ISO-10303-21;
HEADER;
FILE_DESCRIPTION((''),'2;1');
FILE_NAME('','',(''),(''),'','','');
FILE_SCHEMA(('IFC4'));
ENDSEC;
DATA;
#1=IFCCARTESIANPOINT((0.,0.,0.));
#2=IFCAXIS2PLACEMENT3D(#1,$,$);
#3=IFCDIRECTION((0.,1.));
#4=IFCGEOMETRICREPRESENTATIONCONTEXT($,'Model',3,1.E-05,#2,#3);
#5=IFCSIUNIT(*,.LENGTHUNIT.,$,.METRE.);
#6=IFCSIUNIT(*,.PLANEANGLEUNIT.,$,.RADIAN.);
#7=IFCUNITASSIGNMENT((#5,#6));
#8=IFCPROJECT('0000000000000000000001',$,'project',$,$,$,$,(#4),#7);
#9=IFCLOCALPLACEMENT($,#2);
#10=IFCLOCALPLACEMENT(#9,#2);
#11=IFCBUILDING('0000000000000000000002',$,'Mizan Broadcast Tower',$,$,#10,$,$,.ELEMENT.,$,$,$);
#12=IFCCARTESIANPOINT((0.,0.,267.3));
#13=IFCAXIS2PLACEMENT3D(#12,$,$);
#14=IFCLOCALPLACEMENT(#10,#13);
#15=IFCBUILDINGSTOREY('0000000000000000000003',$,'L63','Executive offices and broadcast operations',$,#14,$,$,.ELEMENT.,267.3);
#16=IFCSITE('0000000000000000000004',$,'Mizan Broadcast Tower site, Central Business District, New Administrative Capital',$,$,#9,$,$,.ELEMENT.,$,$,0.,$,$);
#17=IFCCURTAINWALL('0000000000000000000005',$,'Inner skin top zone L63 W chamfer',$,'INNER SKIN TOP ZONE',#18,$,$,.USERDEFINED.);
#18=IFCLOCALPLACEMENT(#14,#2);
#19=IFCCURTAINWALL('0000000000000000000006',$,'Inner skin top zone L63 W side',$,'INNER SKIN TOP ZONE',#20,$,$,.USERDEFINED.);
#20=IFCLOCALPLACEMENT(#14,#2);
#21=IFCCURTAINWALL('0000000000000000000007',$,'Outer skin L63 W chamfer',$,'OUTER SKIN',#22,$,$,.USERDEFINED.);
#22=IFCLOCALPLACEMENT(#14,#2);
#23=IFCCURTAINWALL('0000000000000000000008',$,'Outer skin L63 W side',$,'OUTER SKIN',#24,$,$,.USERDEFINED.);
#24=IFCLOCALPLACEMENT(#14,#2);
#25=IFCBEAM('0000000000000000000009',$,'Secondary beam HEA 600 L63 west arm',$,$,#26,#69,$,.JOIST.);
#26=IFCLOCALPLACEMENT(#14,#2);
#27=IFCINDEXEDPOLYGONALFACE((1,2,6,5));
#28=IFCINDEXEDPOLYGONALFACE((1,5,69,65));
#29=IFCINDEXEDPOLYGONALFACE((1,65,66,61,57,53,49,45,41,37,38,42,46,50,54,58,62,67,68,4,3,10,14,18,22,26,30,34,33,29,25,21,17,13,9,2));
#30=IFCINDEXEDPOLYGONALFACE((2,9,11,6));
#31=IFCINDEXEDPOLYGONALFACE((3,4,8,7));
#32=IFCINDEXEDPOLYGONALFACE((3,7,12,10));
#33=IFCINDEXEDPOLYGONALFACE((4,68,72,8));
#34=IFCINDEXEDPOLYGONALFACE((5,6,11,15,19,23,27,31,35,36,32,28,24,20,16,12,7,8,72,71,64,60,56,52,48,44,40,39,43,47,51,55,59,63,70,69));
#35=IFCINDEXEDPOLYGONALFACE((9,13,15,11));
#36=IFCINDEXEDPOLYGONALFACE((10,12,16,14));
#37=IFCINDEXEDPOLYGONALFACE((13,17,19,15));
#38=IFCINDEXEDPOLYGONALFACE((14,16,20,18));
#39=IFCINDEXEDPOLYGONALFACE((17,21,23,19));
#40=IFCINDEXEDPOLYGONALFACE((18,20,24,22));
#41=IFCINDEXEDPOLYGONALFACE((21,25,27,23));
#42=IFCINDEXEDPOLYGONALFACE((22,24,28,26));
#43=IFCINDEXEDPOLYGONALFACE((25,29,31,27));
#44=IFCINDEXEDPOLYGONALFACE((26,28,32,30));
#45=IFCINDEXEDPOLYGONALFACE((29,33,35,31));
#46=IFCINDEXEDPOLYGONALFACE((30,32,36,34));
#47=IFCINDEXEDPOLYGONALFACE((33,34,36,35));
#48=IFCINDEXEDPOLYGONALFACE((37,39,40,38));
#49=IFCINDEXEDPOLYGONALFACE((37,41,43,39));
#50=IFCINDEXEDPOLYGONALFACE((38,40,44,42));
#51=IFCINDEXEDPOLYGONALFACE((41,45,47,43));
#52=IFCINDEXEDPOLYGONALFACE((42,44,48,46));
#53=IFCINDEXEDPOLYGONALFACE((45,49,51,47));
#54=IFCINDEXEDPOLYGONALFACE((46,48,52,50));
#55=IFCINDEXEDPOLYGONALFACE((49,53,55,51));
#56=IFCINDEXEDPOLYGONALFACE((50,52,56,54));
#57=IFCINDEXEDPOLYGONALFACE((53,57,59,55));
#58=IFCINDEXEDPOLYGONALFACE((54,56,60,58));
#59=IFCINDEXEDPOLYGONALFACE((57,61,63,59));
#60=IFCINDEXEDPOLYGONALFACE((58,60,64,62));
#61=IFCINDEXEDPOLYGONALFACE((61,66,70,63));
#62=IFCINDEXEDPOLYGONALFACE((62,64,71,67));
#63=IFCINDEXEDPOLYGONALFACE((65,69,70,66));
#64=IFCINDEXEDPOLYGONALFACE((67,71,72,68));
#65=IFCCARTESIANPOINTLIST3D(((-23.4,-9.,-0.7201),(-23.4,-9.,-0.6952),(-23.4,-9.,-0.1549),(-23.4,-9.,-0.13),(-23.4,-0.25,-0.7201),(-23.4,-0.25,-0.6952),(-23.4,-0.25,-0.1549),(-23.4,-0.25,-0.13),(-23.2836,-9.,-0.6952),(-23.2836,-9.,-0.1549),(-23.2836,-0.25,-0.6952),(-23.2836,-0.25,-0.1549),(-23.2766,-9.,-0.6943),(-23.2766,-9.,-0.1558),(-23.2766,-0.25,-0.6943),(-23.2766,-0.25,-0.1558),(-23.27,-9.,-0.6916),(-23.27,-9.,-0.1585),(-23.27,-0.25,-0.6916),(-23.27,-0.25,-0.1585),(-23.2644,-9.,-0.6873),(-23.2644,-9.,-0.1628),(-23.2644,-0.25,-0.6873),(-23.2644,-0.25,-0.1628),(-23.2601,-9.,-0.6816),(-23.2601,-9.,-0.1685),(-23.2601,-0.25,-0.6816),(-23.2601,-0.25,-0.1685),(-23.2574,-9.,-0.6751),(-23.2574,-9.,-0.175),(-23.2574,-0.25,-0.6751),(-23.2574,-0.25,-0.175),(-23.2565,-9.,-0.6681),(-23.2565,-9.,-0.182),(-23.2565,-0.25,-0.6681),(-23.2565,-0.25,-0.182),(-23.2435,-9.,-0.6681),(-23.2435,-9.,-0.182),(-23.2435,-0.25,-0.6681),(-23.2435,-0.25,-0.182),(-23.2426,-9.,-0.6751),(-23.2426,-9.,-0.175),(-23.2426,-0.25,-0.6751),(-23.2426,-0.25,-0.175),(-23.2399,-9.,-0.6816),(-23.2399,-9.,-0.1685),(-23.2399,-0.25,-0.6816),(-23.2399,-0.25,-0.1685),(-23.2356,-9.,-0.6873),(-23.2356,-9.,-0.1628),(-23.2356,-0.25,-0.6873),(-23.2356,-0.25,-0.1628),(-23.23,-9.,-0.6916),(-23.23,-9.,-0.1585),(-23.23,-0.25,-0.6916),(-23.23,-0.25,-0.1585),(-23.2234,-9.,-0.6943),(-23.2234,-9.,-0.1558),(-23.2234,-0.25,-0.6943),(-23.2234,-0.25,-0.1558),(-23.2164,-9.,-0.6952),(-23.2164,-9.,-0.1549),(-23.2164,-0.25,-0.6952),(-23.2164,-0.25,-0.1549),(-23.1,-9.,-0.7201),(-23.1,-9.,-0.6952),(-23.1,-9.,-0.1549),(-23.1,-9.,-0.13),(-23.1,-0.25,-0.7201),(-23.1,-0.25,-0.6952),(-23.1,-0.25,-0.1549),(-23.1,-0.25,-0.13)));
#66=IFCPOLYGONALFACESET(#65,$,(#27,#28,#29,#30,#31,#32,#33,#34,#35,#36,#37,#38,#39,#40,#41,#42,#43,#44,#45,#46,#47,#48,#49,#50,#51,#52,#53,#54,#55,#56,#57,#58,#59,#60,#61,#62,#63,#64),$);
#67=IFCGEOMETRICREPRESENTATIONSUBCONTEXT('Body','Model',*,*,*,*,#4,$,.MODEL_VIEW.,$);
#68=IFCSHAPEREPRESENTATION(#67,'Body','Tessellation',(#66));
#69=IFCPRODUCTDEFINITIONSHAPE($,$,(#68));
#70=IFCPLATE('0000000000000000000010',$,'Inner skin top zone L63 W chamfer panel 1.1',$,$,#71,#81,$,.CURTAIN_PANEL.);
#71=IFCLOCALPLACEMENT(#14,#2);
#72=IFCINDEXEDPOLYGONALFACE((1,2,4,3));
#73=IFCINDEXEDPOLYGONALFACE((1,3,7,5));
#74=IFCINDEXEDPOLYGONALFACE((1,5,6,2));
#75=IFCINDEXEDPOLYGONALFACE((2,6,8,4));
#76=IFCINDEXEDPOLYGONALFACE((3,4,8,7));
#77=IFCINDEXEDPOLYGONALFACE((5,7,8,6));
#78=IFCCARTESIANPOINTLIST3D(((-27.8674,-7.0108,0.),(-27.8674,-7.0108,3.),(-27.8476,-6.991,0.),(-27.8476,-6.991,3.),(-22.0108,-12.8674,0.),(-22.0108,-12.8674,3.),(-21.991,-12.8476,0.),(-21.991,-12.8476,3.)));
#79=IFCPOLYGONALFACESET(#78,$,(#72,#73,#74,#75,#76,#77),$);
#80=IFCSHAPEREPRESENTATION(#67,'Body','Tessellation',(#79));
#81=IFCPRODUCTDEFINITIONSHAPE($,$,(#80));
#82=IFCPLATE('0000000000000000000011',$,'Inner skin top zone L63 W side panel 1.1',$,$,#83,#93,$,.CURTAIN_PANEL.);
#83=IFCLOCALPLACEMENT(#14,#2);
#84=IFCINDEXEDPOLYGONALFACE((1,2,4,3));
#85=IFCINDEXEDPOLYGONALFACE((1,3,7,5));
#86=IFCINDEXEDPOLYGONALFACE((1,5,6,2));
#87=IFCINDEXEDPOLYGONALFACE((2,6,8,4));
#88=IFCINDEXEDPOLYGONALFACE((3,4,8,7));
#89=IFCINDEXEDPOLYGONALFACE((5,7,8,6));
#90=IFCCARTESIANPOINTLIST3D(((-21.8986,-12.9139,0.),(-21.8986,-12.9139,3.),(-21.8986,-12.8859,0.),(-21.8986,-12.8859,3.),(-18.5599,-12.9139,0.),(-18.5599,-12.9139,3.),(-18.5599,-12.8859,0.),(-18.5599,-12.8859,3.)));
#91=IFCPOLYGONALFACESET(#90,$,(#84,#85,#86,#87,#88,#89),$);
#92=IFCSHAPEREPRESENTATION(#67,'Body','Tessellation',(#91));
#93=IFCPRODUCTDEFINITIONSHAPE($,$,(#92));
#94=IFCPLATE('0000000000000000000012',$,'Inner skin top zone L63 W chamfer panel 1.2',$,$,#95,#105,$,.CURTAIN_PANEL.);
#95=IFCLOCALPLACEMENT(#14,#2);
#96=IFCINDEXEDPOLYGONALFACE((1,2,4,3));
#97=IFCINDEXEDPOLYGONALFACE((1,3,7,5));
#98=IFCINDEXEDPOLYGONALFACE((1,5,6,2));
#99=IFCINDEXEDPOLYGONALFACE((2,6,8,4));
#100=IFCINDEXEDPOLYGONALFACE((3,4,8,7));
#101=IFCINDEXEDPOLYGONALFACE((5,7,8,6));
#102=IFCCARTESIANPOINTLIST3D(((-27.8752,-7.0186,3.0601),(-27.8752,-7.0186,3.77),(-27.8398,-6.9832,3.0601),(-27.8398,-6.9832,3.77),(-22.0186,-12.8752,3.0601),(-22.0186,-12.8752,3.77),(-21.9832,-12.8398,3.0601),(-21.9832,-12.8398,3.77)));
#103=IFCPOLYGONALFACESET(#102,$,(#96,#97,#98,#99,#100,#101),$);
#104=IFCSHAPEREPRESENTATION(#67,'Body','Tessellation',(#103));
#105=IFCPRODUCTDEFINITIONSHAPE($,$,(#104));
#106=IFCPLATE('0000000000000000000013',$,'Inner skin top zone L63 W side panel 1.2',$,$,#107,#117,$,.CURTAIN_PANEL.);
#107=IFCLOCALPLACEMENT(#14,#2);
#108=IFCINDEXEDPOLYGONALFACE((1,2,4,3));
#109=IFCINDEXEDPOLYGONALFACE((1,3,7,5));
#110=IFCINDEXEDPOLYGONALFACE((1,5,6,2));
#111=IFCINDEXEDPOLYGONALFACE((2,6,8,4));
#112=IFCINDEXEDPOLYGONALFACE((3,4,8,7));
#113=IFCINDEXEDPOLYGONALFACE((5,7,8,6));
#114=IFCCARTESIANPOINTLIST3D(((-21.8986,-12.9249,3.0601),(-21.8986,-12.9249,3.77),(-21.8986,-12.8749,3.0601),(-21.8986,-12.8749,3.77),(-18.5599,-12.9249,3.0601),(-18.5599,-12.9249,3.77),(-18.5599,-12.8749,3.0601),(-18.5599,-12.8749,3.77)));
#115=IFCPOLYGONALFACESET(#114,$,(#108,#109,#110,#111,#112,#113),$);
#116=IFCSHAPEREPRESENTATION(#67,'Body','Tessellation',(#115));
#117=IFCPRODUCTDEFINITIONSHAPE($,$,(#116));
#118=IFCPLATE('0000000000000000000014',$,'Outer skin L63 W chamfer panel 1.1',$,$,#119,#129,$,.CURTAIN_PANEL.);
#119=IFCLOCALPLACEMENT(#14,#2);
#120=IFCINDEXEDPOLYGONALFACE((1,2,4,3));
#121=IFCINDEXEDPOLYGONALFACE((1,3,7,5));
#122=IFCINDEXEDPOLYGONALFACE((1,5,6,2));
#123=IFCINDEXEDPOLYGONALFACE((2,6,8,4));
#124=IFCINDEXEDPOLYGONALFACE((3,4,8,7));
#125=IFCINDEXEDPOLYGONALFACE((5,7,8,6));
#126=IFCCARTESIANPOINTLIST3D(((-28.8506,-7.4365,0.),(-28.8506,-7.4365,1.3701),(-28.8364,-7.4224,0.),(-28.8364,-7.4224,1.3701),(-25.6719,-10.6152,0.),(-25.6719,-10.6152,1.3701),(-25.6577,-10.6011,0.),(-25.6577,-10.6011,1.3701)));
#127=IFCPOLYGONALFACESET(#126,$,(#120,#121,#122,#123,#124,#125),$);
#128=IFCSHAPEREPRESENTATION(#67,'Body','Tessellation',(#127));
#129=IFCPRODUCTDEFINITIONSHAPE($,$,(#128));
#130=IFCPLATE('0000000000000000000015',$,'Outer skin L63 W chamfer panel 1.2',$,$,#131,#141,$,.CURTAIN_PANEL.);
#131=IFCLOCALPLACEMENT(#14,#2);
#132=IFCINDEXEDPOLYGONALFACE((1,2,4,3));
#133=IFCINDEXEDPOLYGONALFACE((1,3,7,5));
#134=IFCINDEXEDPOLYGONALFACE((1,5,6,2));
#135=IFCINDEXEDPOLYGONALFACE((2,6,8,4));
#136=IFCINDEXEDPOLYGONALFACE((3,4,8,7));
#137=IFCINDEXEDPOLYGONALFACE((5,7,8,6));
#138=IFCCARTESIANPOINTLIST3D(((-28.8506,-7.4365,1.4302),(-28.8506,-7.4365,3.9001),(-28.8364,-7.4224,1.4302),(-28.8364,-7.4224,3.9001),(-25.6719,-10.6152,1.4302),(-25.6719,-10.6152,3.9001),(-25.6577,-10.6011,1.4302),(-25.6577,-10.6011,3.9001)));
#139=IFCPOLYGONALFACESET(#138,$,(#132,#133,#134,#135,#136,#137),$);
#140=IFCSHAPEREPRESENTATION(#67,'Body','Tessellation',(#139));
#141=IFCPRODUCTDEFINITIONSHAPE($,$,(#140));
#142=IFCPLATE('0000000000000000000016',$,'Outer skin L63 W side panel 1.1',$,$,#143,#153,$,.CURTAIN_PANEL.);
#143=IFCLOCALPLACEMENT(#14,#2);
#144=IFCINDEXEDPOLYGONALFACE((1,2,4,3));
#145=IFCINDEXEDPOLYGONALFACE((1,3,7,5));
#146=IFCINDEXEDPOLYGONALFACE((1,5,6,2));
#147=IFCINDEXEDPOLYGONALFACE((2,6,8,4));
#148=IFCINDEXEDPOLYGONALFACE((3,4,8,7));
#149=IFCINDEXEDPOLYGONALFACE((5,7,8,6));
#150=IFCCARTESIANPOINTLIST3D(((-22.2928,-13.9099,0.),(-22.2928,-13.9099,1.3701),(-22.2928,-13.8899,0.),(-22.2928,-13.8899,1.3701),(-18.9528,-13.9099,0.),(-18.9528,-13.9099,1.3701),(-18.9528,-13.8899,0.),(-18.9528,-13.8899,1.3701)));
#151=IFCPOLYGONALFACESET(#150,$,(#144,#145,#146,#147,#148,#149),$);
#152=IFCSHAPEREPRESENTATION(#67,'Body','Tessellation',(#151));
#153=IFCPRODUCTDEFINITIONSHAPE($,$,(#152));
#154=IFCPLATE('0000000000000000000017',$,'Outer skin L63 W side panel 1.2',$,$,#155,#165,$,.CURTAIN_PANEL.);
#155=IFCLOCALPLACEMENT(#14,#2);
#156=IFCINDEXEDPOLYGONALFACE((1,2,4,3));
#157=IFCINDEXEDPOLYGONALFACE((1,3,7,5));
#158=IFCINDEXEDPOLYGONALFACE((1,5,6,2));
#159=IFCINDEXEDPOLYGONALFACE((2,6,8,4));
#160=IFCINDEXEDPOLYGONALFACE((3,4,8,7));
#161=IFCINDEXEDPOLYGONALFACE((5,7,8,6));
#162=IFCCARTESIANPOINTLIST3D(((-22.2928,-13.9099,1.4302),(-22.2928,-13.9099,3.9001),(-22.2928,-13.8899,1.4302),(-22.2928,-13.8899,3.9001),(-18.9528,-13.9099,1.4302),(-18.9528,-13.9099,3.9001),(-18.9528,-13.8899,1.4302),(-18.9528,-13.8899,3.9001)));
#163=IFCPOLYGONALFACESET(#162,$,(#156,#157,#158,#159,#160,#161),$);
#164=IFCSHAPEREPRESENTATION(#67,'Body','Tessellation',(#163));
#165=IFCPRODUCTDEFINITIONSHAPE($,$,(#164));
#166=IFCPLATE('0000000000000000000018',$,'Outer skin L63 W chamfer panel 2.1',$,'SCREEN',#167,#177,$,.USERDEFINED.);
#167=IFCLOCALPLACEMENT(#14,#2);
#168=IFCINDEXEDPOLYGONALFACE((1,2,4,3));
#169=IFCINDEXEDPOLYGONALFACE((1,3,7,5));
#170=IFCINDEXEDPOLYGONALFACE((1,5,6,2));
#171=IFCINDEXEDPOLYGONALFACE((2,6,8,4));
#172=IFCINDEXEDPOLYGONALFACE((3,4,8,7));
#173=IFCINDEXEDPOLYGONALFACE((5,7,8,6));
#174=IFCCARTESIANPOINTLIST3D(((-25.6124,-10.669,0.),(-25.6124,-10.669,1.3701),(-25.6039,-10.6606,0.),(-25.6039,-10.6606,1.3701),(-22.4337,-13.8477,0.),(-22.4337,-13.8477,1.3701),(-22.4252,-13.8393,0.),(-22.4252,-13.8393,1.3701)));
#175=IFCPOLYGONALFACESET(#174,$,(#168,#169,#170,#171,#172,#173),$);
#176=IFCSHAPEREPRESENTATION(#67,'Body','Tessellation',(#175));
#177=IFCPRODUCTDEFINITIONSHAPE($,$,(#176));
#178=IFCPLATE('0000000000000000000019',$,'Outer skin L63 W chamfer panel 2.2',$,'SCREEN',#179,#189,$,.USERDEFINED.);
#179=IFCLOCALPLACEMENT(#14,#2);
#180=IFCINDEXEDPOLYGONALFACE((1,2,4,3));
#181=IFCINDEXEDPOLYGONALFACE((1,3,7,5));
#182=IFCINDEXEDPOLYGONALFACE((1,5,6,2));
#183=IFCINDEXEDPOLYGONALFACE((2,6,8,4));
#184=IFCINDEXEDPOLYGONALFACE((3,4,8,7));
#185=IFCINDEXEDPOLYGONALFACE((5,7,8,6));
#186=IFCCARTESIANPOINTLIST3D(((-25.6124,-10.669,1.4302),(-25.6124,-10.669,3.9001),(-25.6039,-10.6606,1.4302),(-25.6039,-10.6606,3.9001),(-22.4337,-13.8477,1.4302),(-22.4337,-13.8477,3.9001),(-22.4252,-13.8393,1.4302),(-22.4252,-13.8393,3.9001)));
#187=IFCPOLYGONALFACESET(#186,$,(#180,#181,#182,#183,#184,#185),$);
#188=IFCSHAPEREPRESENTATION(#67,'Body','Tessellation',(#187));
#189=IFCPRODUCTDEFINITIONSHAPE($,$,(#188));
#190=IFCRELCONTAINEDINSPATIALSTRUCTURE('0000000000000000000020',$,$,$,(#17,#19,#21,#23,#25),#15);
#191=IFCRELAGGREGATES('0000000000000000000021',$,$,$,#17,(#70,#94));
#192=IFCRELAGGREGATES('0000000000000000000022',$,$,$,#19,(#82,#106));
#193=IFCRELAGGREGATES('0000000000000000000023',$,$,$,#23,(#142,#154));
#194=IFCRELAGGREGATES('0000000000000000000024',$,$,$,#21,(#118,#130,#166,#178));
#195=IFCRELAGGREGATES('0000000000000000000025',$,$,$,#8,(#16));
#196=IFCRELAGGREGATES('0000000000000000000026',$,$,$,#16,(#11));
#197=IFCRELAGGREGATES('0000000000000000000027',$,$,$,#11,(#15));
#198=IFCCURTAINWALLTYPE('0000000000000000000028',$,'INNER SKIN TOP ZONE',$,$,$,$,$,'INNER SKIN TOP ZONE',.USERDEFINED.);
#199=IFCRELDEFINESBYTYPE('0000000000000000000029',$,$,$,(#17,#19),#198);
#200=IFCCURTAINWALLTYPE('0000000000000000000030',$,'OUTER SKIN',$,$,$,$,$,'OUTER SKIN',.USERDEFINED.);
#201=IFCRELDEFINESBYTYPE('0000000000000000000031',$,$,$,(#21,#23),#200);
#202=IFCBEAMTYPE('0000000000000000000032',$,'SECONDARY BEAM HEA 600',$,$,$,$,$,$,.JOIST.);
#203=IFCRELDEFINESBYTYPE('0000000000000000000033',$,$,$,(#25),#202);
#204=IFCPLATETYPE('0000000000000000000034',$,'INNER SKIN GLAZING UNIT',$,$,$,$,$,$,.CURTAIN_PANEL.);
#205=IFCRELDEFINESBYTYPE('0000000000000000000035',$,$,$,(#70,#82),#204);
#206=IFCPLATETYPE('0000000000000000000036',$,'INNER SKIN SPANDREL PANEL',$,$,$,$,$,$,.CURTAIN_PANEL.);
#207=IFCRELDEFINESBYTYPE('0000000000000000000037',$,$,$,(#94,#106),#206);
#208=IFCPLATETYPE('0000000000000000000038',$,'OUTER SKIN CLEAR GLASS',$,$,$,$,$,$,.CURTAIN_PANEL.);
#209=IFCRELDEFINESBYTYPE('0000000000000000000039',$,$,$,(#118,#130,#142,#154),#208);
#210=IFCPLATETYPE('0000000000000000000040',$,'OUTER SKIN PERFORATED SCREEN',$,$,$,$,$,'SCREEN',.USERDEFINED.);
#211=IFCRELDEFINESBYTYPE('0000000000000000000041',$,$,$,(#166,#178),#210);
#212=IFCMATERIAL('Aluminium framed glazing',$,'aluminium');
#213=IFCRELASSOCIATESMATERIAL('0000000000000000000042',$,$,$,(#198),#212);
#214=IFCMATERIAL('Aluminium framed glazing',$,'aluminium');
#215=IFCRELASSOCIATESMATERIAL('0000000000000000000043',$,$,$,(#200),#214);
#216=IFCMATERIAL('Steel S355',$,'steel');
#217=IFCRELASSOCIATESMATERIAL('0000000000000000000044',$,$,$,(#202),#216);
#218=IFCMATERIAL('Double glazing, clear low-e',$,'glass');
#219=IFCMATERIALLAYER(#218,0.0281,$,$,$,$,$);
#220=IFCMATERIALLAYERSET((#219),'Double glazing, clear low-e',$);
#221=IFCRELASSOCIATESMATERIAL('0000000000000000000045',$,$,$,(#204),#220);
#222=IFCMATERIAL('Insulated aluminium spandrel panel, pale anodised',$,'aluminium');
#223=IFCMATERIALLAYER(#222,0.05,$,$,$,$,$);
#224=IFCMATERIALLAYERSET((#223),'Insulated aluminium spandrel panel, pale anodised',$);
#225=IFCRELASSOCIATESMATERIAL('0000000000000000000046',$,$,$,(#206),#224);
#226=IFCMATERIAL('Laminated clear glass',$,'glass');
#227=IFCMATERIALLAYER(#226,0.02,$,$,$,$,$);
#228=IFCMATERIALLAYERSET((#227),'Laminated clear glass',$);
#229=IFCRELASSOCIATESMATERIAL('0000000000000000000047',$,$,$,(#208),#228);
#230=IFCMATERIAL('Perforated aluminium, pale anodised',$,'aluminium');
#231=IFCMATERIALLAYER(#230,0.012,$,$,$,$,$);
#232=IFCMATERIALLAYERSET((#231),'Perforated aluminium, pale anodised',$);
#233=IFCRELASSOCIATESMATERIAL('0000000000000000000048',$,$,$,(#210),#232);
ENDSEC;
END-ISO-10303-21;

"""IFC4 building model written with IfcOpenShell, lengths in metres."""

from ifc_helpers import new_model, si_unit, direction, frame, origin, origin_2d, place, context, subcontext, project, spatial, rectangle, i_section, extrude, material, layer, layer_set, material_profile, profile_set, type_object, element, aggregate, save


model = new_model("IFC4")

# Units and contexts
model_context = context("Model", 3, precision=1e-05, world=origin(), true_north=direction((0.0, 1.0)))
body_context = subcontext(model_context, "Body", "Model", "MODEL_VIEW")
ifc_project = project(units=[si_unit("LENGTHUNIT", "METRE"), si_unit("PLANEANGLEUNIT", "RADIAN")], contexts=[model_context])

# Site, building, storey
site_placement = place(None, origin())
site = spatial("IfcSite", under=ifc_project, at=site_placement, Name="Mizan Broadcast Tower site, Central Business District, New Administrative Capital", CompositionType="ELEMENT", RefElevation=0.0)
building_placement = place(site_placement, origin())
building = spatial("IfcBuilding", under=site, at=building_placement, Name="Mizan Broadcast Tower", CompositionType="ELEMENT")
storey_placement = place(building_placement, frame((0.0, 0.0, 267.3)))
storey = spatial("IfcBuildingStorey", under=building, at=storey_placement, Name="L63", Description="Executive offices and broadcast operations", CompositionType="ELEMENT", Elevation=267.3)

# Curtain wall
ifc_material_1 = material(Name="Aluminium framed glazing", Category="aluminium")
curtain_wall_type_1 = type_object("IfcCurtainWallType", Name="INNER SKIN TOP ZONE", ElementType="INNER SKIN TOP ZONE", PredefinedType="USERDEFINED", material=ifc_material_1)
curtain_wall_1_placement = place(storey_placement, origin())
curtain_wall_1 = element("IfcCurtainWall", 1, at=curtain_wall_1_placement, inside=storey, type_object=curtain_wall_type_1, Name="Inner skin top zone L63 W chamfer", ObjectType="INNER SKIN TOP ZONE", PredefinedType="USERDEFINED")

# Curtain wall
curtain_wall_2_placement = place(storey_placement, origin())
curtain_wall_2 = element("IfcCurtainWall", 2, at=curtain_wall_2_placement, inside=storey, type_object=curtain_wall_type_1, Name="Inner skin top zone L63 W side", ObjectType="INNER SKIN TOP ZONE", PredefinedType="USERDEFINED")

# Curtain wall
ifc_material_2 = material(Name="Aluminium framed glazing", Category="aluminium")
curtain_wall_type_2 = type_object("IfcCurtainWallType", Name="OUTER SKIN", ElementType="OUTER SKIN", PredefinedType="USERDEFINED", material=ifc_material_2)
curtain_wall_3_placement = place(storey_placement, origin())
curtain_wall_3 = element("IfcCurtainWall", 3, at=curtain_wall_3_placement, inside=storey, type_object=curtain_wall_type_2, Name="Outer skin L63 W chamfer", ObjectType="OUTER SKIN", PredefinedType="USERDEFINED")

# Curtain wall
curtain_wall_4_placement = place(storey_placement, origin())
curtain_wall_4 = element("IfcCurtainWall", 4, at=curtain_wall_4_placement, inside=storey, type_object=curtain_wall_type_2, Name="Outer skin L63 W side", ObjectType="OUTER SKIN", PredefinedType="USERDEFINED")

# Beam
ifc_material_3 = material(Name="Steel S355", Category="steel")
ifc_material_profile_1 = material_profile(ifc_material_3, i_section(OverallWidth=0.3, OverallDepth=0.5901, WebThickness=0.0129, FlangeThickness=0.0249, FilletRadius=0.0271, at=origin_2d()), Name="HEA 600")
ifc_profile_set_1 = profile_set([ifc_material_profile_1], Name="Steel S355")
beam_type_1 = type_object("IfcBeamType", Name="SECONDARY BEAM HEA 600", PredefinedType="JOIST", material=ifc_profile_set_1)
beam_1_placement = place(storey_placement, frame((-23.25, -9.0, -0.425), z_axis=(0.0, 1.0, 0.0), x_axis=(-1.0, 0.0, 0.0)))
element("IfcBeam", 5, at=beam_1_placement, inside=storey, type_object=beam_type_1, Name="Secondary beam HEA 600 L63 west arm", PredefinedType="JOIST", context=body_context, shape_type="SweptSolid", body=[
    extrude(i_section(OverallWidth=0.3, OverallDepth=0.5901, WebThickness=0.0129, FlangeThickness=0.0249, FilletRadius=0.0271, at=origin_2d()), origin(), (0.0, 0.0, 1.0), 8.75),
])

# Plates
ifc_material_4 = material(Name="Double glazing, clear low-e", Category="glass")
ifc_layer_1 = layer(ifc_material_4, 0.0281)
ifc_layer_set_1 = layer_set([ifc_layer_1], Name="Double glazing, clear low-e")
plate_type_1 = type_object("IfcPlateType", Name="INNER SKIN GLAZING UNIT", PredefinedType="CURTAIN_PANEL", material=ifc_layer_set_1)
plate_1_placement = place(storey_placement, frame((-24.9292, -9.9292, 0.0), z_axis=(0.0, 0.0, 1.0), x_axis=(0.707107, -0.707107, 0.0)))
plate_1 = element("IfcPlate", 6, at=plate_1_placement, type_object=plate_type_1, Name="Inner skin top zone L63 W chamfer panel 1.1", PredefinedType="CURTAIN_PANEL", context=body_context, shape_type="SweptSolid", body=[
    extrude(rectangle(XDim=8.2825, YDim=0.0281, at=origin_2d()), origin(), (0.0, 0.0, 1.0), 3.0),
])
plate_2_placement = place(storey_placement, frame((-20.2292, -12.8999, 0.0), z_axis=(0.0, 0.0, 1.0), x_axis=(1.0, 0.0, 0.0)))
plate_2 = element("IfcPlate", 7, at=plate_2_placement, type_object=plate_type_1, Name="Inner skin top zone L63 W side panel 1.1", PredefinedType="CURTAIN_PANEL", context=body_context, shape_type="SweptSolid", body=[
    extrude(rectangle(XDim=3.3386, YDim=0.0281, at=origin_2d()), origin(), (0.0, 0.0, 1.0), 3.0),
])
ifc_material_5 = material(Name="Insulated aluminium spandrel panel, pale anodised", Category="aluminium")
ifc_layer_2 = layer(ifc_material_5, 0.05)
ifc_layer_set_2 = layer_set([ifc_layer_2], Name="Insulated aluminium spandrel panel, pale anodised")
plate_type_2 = type_object("IfcPlateType", Name="INNER SKIN SPANDREL PANEL", PredefinedType="CURTAIN_PANEL", material=ifc_layer_set_2)
plate_3_placement = place(storey_placement, frame((-24.9292, -9.9292, 3.0601), z_axis=(0.0, 0.0, 1.0), x_axis=(0.707107, -0.707107, 0.0)))
plate_3 = element("IfcPlate", 8, at=plate_3_placement, type_object=plate_type_2, Name="Inner skin top zone L63 W chamfer panel 1.2", PredefinedType="CURTAIN_PANEL", context=body_context, shape_type="SweptSolid", body=[
    extrude(rectangle(XDim=8.2825, YDim=0.05, at=origin_2d()), origin(), (0.0, 0.0, 1.0), 0.71),
])
aggregate(curtain_wall_1, [plate_1, plate_3])
plate_4_placement = place(storey_placement, frame((-20.2292, -12.8999, 3.0601), z_axis=(0.0, 0.0, 1.0), x_axis=(1.0, 0.0, 0.0)))
plate_4 = element("IfcPlate", 9, at=plate_4_placement, type_object=plate_type_2, Name="Inner skin top zone L63 W side panel 1.2", PredefinedType="CURTAIN_PANEL", context=body_context, shape_type="SweptSolid", body=[
    extrude(rectangle(XDim=3.3386, YDim=0.05, at=origin_2d()), origin(), (0.0, 0.0, 1.0), 0.71),
])
aggregate(curtain_wall_2, [plate_2, plate_4])
ifc_material_6 = material(Name="Laminated clear glass", Category="glass")
ifc_layer_3 = layer(ifc_material_6, 0.02)
ifc_layer_set_3 = layer_set([ifc_layer_3], Name="Laminated clear glass")
plate_type_3 = type_object("IfcPlateType", Name="OUTER SKIN CLEAR GLASS", PredefinedType="CURTAIN_PANEL", material=ifc_layer_set_3)
plate_5_placement = place(storey_placement, frame((-27.2542, -9.0188, 0.0), z_axis=(0.0, 0.0, 1.0), x_axis=(0.707107, -0.707107, 0.0)))
plate_5 = element("IfcPlate", 10, at=plate_5_placement, type_object=plate_type_3, Name="Outer skin L63 W chamfer panel 1.1", PredefinedType="CURTAIN_PANEL", context=body_context, shape_type="SweptSolid", body=[
    extrude(rectangle(XDim=4.4954, YDim=0.02, at=origin_2d()), origin(), (0.0, 0.0, 1.0), 1.3701),
])
plate_6_placement = place(storey_placement, frame((-27.2542, -9.0188, 1.4302), z_axis=(0.0, 0.0, 1.0), x_axis=(0.707107, -0.707107, 0.0)))
plate_6 = element("IfcPlate", 11, at=plate_6_placement, type_object=plate_type_3, Name="Outer skin L63 W chamfer panel 1.2", PredefinedType="CURTAIN_PANEL", context=body_context, shape_type="SweptSolid", body=[
    extrude(rectangle(XDim=4.4954, YDim=0.02, at=origin_2d()), origin(), (0.0, 0.0, 1.0), 2.47),
])
plate_7_placement = place(storey_placement, frame((-20.6228, -13.8999, 0.0), z_axis=(0.0, 0.0, 1.0), x_axis=(1.0, 0.0, 0.0)))
plate_7 = element("IfcPlate", 12, at=plate_7_placement, type_object=plate_type_3, Name="Outer skin L63 W side panel 1.1", PredefinedType="CURTAIN_PANEL", context=body_context, shape_type="SweptSolid", body=[
    extrude(rectangle(XDim=3.3401, YDim=0.02, at=origin_2d()), origin(), (0.0, 0.0, 1.0), 1.3701),
])
plate_8_placement = place(storey_placement, frame((-20.6228, -13.8999, 1.4302), z_axis=(0.0, 0.0, 1.0), x_axis=(1.0, 0.0, 0.0)))
plate_8 = element("IfcPlate", 13, at=plate_8_placement, type_object=plate_type_3, Name="Outer skin L63 W side panel 1.2", PredefinedType="CURTAIN_PANEL", context=body_context, shape_type="SweptSolid", body=[
    extrude(rectangle(XDim=3.3401, YDim=0.02, at=origin_2d()), origin(), (0.0, 0.0, 1.0), 2.47),
])
aggregate(curtain_wall_4, [plate_7, plate_8])
ifc_material_7 = material(Name="Perforated aluminium, pale anodised", Category="aluminium")
ifc_layer_4 = layer(ifc_material_7, 0.012)
ifc_layer_set_4 = layer_set([ifc_layer_4], Name="Perforated aluminium, pale anodised")
plate_type_4 = type_object("IfcPlateType", Name="OUTER SKIN PERFORATED SCREEN", ElementType="SCREEN", PredefinedType="USERDEFINED", material=ifc_layer_set_4)
plate_9_placement = place(storey_placement, frame((-24.0188, -12.2542, 0.0), z_axis=(0.0, 0.0, 1.0), x_axis=(0.707107, -0.707107, 0.0)))
plate_9 = element("IfcPlate", 14, at=plate_9_placement, type_object=plate_type_4, Name="Outer skin L63 W chamfer panel 2.1", ObjectType="SCREEN", PredefinedType="USERDEFINED", context=body_context, shape_type="SweptSolid", body=[
    extrude(rectangle(XDim=4.4954, YDim=0.012, at=origin_2d()), origin(), (0.0, 0.0, 1.0), 1.3701),
])
plate_10_placement = place(storey_placement, frame((-24.0188, -12.2542, 1.4302), z_axis=(0.0, 0.0, 1.0), x_axis=(0.707107, -0.707107, 0.0)))
plate_10 = element("IfcPlate", 15, at=plate_10_placement, type_object=plate_type_4, Name="Outer skin L63 W chamfer panel 2.2", ObjectType="SCREEN", PredefinedType="USERDEFINED", context=body_context, shape_type="SweptSolid", body=[
    extrude(rectangle(XDim=4.4954, YDim=0.012, at=origin_2d()), origin(), (0.0, 0.0, 1.0), 2.47),
])
aggregate(curtain_wall_3, [plate_5, plate_6, plate_9, plate_10])

save(model, "model.ifc")
